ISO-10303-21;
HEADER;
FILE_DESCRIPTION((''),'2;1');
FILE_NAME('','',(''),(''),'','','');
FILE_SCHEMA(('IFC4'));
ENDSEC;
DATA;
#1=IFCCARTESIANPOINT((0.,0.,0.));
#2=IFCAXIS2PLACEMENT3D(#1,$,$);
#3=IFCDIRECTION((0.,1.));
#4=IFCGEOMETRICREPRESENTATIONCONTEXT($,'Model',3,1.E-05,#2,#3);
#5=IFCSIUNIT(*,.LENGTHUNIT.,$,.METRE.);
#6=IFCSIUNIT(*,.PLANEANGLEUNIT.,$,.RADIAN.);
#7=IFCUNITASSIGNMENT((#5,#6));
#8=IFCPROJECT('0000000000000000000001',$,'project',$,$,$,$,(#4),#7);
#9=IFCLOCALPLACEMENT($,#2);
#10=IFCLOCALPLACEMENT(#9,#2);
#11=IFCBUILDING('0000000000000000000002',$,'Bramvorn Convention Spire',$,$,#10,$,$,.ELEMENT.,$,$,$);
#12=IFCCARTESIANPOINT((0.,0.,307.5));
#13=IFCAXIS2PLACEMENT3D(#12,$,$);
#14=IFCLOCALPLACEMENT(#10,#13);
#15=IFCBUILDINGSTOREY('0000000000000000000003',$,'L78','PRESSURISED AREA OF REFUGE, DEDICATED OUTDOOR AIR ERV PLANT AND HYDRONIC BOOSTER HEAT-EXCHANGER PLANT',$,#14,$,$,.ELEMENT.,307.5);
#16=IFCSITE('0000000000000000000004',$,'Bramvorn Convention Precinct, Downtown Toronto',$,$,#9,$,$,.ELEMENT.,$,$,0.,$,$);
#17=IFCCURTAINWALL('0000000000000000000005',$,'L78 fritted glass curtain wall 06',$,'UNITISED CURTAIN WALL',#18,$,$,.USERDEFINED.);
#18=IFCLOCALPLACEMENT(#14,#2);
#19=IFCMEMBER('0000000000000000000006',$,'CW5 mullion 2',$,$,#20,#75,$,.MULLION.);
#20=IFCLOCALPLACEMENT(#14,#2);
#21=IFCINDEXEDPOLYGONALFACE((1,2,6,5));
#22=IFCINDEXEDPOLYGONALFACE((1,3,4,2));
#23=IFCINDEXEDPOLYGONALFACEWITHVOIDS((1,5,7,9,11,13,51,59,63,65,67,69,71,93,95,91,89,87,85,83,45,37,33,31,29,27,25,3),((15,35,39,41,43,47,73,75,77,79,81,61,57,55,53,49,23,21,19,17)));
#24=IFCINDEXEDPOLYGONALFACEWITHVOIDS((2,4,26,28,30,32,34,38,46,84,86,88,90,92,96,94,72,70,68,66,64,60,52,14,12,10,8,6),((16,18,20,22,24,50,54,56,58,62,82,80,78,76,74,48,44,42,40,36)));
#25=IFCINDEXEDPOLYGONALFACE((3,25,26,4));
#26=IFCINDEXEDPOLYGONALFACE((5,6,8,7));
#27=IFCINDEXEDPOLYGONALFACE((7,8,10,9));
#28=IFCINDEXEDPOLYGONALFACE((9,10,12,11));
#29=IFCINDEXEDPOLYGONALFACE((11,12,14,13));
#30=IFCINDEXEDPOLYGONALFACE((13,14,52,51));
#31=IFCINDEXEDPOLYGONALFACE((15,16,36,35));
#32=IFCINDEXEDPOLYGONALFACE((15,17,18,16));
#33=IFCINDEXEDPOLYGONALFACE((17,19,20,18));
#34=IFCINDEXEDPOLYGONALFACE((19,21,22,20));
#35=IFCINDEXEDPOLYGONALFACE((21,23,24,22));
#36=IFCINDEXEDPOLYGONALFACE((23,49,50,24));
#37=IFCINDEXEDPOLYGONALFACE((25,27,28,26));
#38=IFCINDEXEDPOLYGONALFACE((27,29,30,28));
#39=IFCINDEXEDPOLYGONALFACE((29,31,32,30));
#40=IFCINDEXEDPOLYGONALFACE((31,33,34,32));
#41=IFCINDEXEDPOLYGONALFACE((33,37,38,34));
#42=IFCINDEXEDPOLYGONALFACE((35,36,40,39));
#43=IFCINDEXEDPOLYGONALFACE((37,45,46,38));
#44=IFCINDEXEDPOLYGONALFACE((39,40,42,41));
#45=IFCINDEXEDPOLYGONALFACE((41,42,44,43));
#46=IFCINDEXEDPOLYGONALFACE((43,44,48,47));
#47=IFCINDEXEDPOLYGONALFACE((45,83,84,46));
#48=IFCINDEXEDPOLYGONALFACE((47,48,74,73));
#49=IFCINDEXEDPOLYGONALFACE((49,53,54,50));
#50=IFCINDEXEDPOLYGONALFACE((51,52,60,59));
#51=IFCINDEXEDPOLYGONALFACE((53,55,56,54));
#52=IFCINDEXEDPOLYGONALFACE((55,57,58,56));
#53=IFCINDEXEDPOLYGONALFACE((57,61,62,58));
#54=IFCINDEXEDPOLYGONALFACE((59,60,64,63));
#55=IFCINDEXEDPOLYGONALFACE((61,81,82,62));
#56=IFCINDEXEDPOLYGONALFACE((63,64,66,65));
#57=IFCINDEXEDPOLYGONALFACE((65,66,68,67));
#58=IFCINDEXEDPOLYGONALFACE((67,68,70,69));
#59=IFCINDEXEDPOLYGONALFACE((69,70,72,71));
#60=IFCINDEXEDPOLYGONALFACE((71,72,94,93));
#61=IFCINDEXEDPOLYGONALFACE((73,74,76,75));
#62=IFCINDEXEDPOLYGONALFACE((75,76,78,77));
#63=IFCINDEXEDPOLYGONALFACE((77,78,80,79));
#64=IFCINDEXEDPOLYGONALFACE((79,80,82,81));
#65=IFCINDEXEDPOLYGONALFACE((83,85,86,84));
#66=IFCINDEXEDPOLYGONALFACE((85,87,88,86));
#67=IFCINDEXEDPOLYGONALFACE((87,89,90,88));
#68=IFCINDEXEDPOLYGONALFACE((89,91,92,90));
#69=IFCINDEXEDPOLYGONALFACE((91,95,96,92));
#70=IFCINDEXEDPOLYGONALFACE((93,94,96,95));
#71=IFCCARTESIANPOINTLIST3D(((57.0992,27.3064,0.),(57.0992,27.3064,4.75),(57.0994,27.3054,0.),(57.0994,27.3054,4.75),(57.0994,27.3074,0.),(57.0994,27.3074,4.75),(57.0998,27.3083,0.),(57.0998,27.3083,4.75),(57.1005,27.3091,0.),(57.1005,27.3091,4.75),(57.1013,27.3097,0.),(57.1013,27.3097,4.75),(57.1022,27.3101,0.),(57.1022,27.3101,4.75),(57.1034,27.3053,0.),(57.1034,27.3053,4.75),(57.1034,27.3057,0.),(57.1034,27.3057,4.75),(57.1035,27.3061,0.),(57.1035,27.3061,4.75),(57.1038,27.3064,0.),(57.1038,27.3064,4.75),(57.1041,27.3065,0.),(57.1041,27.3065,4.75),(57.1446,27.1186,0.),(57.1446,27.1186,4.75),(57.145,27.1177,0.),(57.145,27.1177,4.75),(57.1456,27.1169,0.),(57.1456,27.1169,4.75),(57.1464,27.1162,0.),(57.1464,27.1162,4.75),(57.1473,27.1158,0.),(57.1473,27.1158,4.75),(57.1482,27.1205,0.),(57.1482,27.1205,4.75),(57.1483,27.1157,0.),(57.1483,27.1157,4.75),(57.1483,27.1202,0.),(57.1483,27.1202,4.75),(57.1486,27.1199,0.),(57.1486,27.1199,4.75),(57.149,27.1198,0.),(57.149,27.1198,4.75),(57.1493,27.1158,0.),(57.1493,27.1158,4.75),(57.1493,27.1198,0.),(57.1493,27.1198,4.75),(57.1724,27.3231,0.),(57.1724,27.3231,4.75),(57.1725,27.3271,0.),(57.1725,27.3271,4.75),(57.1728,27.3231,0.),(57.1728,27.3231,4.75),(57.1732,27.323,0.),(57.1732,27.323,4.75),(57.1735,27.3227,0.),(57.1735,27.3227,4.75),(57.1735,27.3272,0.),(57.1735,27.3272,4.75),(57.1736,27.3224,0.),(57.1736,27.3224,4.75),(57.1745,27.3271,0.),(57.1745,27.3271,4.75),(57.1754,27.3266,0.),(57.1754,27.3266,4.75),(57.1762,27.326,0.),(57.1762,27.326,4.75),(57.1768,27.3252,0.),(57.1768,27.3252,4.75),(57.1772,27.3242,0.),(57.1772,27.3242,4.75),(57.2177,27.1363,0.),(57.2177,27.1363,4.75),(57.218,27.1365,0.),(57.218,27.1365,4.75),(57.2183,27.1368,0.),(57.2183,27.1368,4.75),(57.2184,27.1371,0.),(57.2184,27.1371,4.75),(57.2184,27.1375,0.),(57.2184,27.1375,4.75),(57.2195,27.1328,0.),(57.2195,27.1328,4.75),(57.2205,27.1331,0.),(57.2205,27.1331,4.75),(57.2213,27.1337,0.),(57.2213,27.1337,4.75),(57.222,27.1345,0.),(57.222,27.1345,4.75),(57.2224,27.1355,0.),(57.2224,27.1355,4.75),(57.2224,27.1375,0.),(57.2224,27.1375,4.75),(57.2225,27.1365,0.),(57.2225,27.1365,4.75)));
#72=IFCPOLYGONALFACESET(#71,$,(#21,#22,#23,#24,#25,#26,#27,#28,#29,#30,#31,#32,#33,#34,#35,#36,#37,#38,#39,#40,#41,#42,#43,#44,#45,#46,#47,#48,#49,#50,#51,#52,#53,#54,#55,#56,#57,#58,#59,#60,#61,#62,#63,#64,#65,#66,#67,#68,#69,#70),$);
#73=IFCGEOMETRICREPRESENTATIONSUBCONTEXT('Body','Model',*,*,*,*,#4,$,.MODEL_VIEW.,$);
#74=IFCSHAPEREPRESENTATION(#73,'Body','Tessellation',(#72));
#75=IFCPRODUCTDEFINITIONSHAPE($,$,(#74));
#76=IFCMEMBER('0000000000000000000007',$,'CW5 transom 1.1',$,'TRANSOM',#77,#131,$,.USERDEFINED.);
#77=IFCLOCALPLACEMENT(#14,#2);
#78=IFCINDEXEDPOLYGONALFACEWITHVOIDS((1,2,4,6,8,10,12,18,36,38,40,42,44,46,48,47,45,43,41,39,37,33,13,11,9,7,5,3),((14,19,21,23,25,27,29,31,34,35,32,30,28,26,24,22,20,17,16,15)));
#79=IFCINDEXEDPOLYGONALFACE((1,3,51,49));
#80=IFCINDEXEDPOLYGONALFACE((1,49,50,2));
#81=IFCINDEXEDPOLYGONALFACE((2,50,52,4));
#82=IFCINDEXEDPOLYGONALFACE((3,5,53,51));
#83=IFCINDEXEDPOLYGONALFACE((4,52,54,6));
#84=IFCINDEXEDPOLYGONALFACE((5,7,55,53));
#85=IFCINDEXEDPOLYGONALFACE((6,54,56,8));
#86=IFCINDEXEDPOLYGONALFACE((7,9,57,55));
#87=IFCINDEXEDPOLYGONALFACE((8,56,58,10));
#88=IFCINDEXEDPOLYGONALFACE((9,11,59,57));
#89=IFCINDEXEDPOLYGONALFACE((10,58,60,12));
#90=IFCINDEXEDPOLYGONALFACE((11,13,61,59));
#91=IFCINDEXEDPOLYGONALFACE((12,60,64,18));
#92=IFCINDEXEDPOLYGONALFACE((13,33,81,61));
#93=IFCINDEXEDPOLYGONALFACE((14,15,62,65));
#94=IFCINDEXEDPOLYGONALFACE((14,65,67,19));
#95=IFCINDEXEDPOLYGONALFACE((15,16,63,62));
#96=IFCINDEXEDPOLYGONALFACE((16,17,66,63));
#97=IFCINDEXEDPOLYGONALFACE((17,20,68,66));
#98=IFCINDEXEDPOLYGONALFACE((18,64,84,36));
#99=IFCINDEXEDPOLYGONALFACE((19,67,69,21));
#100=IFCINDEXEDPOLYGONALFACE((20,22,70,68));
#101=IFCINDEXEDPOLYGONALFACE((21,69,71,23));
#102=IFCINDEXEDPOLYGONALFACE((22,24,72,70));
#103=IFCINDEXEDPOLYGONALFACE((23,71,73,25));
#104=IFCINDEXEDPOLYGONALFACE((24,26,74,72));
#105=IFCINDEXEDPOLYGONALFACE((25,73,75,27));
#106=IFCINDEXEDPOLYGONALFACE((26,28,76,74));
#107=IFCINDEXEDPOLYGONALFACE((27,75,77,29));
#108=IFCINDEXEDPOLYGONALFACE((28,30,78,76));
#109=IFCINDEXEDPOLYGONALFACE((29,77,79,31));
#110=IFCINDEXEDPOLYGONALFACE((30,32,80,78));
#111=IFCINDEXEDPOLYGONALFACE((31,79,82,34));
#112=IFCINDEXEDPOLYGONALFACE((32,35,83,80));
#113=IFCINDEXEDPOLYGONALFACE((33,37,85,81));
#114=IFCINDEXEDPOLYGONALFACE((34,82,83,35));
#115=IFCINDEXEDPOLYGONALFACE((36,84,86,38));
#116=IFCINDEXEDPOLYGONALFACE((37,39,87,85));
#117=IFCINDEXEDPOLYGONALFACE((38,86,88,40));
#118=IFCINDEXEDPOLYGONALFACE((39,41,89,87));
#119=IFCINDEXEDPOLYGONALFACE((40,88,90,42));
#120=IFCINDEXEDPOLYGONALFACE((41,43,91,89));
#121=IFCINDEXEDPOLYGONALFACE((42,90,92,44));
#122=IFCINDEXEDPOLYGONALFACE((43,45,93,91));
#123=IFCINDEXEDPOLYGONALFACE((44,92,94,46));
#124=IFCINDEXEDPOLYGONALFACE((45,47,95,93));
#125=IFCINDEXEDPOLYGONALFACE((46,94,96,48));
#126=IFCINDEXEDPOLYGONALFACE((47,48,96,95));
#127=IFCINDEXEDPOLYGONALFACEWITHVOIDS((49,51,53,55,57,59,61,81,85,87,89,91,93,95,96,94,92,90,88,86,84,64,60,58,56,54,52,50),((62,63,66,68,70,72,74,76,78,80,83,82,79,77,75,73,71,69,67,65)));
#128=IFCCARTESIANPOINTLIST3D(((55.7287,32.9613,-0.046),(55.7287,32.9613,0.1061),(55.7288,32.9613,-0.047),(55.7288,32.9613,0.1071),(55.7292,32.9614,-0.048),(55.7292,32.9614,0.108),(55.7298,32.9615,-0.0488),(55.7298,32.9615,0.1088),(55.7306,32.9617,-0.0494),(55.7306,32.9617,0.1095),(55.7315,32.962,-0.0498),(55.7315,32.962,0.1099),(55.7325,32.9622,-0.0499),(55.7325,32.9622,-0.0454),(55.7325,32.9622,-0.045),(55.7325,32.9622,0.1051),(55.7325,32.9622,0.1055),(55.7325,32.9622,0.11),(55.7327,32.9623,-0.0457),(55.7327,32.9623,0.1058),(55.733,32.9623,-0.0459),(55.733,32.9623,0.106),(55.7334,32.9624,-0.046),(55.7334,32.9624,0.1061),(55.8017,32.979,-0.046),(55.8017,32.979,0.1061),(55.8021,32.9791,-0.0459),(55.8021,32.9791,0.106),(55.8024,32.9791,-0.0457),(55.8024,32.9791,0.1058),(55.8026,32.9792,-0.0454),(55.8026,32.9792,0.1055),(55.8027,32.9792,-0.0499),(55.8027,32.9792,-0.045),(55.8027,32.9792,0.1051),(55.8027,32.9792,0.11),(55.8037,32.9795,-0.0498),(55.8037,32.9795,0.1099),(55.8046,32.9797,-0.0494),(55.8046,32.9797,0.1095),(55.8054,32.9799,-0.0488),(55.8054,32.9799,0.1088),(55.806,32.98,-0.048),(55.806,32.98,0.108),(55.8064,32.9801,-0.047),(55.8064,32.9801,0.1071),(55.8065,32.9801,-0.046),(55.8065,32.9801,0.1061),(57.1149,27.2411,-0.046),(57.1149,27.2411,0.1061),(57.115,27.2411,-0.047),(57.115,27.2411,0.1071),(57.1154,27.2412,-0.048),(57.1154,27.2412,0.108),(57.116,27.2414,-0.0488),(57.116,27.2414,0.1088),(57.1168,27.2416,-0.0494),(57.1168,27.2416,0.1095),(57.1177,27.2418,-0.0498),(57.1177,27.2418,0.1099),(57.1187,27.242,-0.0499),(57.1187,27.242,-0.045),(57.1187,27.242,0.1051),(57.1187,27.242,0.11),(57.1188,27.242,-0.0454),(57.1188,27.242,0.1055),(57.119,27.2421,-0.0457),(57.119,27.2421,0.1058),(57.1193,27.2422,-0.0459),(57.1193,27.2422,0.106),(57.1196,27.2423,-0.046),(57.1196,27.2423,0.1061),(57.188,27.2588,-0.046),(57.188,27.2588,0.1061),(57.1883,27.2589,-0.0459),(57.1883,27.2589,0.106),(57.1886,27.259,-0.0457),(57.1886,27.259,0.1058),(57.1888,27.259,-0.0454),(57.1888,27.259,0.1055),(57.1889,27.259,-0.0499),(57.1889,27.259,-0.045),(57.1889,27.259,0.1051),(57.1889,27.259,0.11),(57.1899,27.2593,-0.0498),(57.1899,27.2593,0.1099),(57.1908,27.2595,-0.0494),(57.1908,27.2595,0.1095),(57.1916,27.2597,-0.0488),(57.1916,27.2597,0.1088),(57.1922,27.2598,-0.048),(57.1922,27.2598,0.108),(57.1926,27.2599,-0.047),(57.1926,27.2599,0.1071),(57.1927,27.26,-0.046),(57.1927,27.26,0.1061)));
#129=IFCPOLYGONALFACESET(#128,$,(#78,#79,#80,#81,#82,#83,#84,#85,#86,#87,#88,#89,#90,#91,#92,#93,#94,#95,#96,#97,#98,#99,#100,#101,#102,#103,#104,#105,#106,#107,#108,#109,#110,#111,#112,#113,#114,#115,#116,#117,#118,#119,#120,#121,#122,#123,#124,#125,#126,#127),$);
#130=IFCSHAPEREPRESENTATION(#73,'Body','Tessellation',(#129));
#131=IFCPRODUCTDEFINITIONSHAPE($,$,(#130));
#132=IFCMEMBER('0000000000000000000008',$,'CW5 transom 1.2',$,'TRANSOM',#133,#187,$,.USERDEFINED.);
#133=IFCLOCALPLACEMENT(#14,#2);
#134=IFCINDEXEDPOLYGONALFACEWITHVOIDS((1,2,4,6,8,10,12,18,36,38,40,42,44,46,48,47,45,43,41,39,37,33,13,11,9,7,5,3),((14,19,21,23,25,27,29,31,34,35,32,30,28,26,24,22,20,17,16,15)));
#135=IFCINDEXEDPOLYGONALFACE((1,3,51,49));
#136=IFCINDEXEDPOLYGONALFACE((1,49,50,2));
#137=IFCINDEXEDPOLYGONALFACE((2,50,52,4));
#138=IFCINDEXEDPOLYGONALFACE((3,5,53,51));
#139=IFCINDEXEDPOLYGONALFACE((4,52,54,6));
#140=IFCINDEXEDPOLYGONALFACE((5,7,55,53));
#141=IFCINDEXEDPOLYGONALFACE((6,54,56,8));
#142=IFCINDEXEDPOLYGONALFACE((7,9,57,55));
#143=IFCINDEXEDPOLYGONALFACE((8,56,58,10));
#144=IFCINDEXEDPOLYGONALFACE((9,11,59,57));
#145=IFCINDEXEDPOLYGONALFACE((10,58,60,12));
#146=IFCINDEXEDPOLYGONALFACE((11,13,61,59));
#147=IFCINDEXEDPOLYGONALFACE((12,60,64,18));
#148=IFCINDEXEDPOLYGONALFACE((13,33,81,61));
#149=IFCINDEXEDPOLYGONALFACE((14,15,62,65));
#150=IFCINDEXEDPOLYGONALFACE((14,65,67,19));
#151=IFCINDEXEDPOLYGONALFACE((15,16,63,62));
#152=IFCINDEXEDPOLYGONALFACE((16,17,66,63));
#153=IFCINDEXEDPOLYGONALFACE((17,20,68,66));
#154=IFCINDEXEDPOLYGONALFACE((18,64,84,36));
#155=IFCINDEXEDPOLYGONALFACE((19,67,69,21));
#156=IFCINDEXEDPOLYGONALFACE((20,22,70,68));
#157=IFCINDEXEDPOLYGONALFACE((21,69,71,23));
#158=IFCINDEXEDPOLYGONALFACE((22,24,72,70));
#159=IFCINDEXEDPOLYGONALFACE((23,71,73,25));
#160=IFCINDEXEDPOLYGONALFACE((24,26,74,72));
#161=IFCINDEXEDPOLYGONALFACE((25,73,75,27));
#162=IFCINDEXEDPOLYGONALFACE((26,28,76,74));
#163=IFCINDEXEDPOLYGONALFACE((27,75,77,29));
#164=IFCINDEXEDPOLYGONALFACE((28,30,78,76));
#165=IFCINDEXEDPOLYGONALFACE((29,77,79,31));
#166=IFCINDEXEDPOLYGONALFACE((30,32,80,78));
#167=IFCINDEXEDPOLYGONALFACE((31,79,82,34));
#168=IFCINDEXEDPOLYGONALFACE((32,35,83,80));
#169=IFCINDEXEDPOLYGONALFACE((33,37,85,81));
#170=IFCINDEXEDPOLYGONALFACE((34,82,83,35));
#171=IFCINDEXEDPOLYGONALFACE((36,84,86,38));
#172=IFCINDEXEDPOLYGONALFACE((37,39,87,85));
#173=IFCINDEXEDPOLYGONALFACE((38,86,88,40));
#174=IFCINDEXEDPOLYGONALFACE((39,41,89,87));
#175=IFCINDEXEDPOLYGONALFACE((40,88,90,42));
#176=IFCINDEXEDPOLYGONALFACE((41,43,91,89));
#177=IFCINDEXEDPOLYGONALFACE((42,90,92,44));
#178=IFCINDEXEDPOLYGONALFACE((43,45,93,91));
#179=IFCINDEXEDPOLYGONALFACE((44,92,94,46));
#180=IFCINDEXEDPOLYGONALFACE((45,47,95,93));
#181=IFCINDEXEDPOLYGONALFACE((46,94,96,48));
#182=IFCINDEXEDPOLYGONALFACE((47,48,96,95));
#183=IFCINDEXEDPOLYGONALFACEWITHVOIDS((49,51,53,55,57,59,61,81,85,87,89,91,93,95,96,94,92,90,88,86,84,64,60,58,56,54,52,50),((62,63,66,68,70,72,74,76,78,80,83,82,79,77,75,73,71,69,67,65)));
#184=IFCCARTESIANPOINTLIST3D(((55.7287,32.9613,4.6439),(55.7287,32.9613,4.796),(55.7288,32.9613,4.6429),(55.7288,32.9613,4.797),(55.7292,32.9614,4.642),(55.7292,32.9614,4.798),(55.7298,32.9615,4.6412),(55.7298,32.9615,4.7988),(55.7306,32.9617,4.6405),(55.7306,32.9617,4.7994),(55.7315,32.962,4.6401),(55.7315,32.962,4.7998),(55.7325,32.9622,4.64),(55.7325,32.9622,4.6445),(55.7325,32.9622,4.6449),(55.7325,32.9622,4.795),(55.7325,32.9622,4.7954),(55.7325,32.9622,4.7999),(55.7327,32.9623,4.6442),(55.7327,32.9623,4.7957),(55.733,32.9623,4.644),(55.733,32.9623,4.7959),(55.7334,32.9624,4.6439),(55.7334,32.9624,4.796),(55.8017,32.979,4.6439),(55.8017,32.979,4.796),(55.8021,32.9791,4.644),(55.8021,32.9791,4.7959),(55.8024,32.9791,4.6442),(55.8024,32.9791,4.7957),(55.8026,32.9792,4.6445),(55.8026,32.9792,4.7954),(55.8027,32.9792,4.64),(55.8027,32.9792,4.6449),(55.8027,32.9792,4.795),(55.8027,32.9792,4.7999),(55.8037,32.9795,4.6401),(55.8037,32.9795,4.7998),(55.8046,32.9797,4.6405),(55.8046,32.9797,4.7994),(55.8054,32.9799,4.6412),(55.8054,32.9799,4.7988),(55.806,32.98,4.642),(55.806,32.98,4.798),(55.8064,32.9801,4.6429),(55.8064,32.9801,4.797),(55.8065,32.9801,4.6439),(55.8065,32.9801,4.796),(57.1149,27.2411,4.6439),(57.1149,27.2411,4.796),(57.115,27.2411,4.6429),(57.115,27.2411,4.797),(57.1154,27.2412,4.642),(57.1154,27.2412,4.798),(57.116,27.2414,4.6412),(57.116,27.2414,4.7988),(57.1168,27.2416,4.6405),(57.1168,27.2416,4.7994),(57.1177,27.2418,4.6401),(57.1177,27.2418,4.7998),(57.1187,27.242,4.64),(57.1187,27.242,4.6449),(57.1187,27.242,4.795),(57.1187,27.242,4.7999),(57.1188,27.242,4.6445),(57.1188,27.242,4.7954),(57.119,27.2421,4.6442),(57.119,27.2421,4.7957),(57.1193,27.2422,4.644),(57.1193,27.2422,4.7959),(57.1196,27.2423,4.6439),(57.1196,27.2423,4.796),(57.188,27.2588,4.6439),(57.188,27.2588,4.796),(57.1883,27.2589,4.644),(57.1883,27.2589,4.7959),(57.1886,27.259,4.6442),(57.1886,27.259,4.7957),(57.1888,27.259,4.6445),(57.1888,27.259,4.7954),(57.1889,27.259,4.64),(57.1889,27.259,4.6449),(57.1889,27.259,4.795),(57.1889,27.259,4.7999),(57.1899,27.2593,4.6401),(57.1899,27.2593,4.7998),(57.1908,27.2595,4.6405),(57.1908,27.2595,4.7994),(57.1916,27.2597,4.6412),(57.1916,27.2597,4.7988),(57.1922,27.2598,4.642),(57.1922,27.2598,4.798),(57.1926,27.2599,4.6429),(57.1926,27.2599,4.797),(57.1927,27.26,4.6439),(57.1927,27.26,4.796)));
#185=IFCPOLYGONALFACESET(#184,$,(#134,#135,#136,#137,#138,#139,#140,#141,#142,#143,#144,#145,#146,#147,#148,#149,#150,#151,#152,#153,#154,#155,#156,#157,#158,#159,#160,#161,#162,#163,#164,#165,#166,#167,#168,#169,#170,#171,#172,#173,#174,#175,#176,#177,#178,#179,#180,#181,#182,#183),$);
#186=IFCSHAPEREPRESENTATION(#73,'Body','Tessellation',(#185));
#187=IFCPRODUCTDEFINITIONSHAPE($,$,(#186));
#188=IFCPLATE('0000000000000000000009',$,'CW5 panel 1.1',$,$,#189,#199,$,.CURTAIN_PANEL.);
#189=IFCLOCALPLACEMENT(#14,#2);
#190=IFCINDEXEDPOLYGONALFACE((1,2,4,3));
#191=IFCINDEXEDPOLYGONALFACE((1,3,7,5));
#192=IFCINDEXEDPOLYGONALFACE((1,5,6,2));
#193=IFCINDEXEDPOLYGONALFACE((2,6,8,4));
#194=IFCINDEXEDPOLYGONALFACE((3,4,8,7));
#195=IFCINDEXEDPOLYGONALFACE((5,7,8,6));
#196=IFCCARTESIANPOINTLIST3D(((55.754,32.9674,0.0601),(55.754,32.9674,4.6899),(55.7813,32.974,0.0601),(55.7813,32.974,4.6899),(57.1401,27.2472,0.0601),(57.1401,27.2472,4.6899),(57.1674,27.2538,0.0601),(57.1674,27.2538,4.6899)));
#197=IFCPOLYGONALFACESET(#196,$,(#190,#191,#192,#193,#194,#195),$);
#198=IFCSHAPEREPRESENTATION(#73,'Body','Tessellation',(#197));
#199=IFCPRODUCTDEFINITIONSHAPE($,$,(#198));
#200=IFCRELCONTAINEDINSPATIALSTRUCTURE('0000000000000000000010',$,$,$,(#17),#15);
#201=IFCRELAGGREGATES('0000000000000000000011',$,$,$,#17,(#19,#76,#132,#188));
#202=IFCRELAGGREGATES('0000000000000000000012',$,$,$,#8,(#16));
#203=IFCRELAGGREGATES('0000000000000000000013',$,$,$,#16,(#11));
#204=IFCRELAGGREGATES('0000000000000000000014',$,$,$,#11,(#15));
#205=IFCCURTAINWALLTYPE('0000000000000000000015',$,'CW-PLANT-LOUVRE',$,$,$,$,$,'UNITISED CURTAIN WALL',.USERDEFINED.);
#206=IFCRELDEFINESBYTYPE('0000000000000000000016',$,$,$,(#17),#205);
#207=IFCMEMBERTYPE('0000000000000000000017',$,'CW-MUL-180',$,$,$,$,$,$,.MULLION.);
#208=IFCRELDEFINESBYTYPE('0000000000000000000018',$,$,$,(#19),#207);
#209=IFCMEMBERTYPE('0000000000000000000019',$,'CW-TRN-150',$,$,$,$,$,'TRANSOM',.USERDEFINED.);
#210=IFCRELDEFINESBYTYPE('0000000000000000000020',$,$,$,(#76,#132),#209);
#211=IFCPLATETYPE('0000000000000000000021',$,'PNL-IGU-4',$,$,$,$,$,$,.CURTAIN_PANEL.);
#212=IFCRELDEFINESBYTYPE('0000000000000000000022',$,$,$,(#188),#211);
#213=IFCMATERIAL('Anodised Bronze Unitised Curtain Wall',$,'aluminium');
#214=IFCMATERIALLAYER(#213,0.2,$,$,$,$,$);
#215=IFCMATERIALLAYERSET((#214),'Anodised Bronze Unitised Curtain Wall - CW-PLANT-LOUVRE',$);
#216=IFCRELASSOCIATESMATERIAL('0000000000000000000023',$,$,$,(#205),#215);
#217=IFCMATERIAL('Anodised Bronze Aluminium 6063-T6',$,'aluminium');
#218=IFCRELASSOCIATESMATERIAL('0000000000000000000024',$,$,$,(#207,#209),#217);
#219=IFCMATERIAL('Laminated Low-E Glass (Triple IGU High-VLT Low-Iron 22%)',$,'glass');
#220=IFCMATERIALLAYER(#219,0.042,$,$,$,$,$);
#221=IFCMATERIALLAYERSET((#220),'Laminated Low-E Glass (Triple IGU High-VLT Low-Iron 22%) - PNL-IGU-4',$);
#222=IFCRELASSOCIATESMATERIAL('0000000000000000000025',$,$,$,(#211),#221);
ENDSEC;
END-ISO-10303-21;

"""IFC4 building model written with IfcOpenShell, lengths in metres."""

from ifc_helpers import new_model, si_unit, direction, frame, origin, origin_2d, place, context, subcontext, project, spatial, rectangle, hollow_rectangle, extrude, material, layer, layer_set, material_profile, profile_set, type_object, element, aggregate, save


model = new_model("IFC4")

# Units and contexts
model_context = context("Model", 3, precision=1e-05, world=origin(), true_north=direction((0.0, 1.0)))
body_context = subcontext(model_context, "Body", "Model", "MODEL_VIEW")
ifc_project = project(units=[si_unit("LENGTHUNIT", "METRE"), si_unit("PLANEANGLEUNIT", "RADIAN")], contexts=[model_context])

# Site, building, storey
site_placement = place(None, origin())
site = spatial("IfcSite", under=ifc_project, at=site_placement, Name="Bramvorn Convention Precinct, Downtown Toronto", CompositionType="ELEMENT", RefElevation=0.0)
building_placement = place(site_placement, origin())
building = spatial("IfcBuilding", under=site, at=building_placement, Name="Bramvorn Convention Spire", CompositionType="ELEMENT")
storey_placement = place(building_placement, frame((0.0, 0.0, 307.5)))
storey = spatial("IfcBuildingStorey", under=building, at=storey_placement, Name="L78", Description="PRESSURISED AREA OF REFUGE, DEDICATED OUTDOOR AIR ERV PLANT AND HYDRONIC BOOSTER HEAT-EXCHANGER PLANT", CompositionType="ELEMENT", Elevation=307.5)

# Curtain wall, members, plate
ifc_material_1 = material(Name="Anodised Bronze Unitised Curtain Wall", Category="aluminium")
ifc_layer_1 = layer(ifc_material_1, 0.2)
ifc_layer_set_1 = layer_set([ifc_layer_1], Name="Anodised Bronze Unitised Curtain Wall - CW-PLANT-LOUVRE")
curtain_wall_type = type_object("IfcCurtainWallType", Name="CW-PLANT-LOUVRE", ElementType="UNITISED CURTAIN WALL", PredefinedType="USERDEFINED", material=ifc_layer_set_1)
curtain_wall_placement = place(storey_placement, origin())
curtain_wall = element("IfcCurtainWall", 1, at=curtain_wall_placement, inside=storey, type_object=curtain_wall_type, Name="L78 fritted glass curtain wall 06", ObjectType="UNITISED CURTAIN WALL", PredefinedType="USERDEFINED")
ifc_material_2 = material(Name="Anodised Bronze Aluminium 6063-T6", Category="aluminium")
ifc_material_profile_1 = material_profile(ifc_material_2, hollow_rectangle(XDim=0.0801, YDim=0.2, WallThickness=0.0039, InnerFilletRadius=0.001, OuterFilletRadius=0.0039, at=origin_2d()))
ifc_profile_set_1 = profile_set([ifc_material_profile_1], Name="Anodised Bronze Aluminium 6063-T6 - CWM80X200")
member_type_1 = type_object("IfcMemberType", Name="CW-MUL-180", PredefinedType="MULLION", material=ifc_profile_set_1)
member_1_placement = place(storey_placement, frame((57.1609, 27.2214, 0.0), z_axis=(0.0, 0.0, 1.0), x_axis=(0.971873, 0.235505, 0.0)))
member_1 = element("IfcMember", 2, at=member_1_placement, type_object=member_type_1, Name="CW5 mullion 2", PredefinedType="MULLION", context=body_context, shape_type="SweptSolid", body=[
    extrude(hollow_rectangle(XDim=0.0801, YDim=0.2, WallThickness=0.0039, InnerFilletRadius=0.001, OuterFilletRadius=0.0039, at=origin_2d()), origin(), (0.0, 0.0, 1.0), 4.75),
])
ifc_material_profile_2 = material_profile(ifc_material_2, hollow_rectangle(XDim=0.0801, YDim=0.1599, WallThickness=0.0039, InnerFilletRadius=0.001, OuterFilletRadius=0.0039, at=origin_2d()))
ifc_profile_set_2 = profile_set([ifc_material_profile_2], Name="Anodised Bronze Aluminium 6063-T6 - CWT80X160")
member_type_2 = type_object("IfcMemberType", Name="CW-TRN-150", ElementType="TRANSOM", PredefinedType="USERDEFINED", material=ifc_profile_set_2)
member_2_placement = place(storey_placement, frame((55.7676, 32.9707, 0.03), z_axis=(0.235522, -0.971869, 0.0), x_axis=(0.971869, 0.235522, 0.0)))
member_2 = element("IfcMember", 3, at=member_2_placement, type_object=member_type_2, Name="CW5 transom 1.1", ObjectType="TRANSOM", PredefinedType="USERDEFINED", context=body_context, shape_type="SweptSolid", body=[
    extrude(hollow_rectangle(XDim=0.0801, YDim=0.1599, WallThickness=0.0039, InnerFilletRadius=0.001, OuterFilletRadius=0.0039, at=origin_2d()), origin(), (0.0, 0.0, 1.0), 5.8857),
])
member_3_placement = place(storey_placement, frame((55.7676, 32.9707, 4.72), z_axis=(0.235522, -0.971869, 0.0), x_axis=(0.971869, 0.235522, 0.0)))
member_3 = element("IfcMember", 4, at=member_3_placement, type_object=member_type_2, Name="CW5 transom 1.2", ObjectType="TRANSOM", PredefinedType="USERDEFINED", context=body_context, shape_type="SweptSolid", body=[
    extrude(hollow_rectangle(XDim=0.0801, YDim=0.1599, WallThickness=0.0039, InnerFilletRadius=0.001, OuterFilletRadius=0.0039, at=origin_2d()), origin(), (0.0, 0.0, 1.0), 5.8857),
])
ifc_material_3 = material(Name="Laminated Low-E Glass (Triple IGU High-VLT Low-Iron 22%)", Category="glass")
ifc_layer_2 = layer(ifc_material_3, 0.042)
ifc_layer_set_2 = layer_set([ifc_layer_2], Name="Laminated Low-E Glass (Triple IGU High-VLT Low-Iron 22%) - PNL-IGU-4")
plate_type = type_object("IfcPlateType", Name="PNL-IGU-4", PredefinedType="CURTAIN_PANEL", material=ifc_layer_set_2)
plate_placement = place(storey_placement, frame((56.4607, 30.1106, 0.0601), z_axis=(0.0, 0.0, 1.0), x_axis=(0.235505, -0.971873, 0.0)))
plate = element("IfcPlate", 5, at=plate_placement, type_object=plate_type, Name="CW5 panel 1.1", PredefinedType="CURTAIN_PANEL", context=body_context, shape_type="SweptSolid", body=[
    extrude(rectangle(XDim=5.8857, YDim=0.0281, at=origin_2d()), origin(), (0.0, 0.0, 1.0), 4.6299),
])
aggregate(curtain_wall, [member_1, member_2, member_3, plate])

save(model, "model.ifc")
